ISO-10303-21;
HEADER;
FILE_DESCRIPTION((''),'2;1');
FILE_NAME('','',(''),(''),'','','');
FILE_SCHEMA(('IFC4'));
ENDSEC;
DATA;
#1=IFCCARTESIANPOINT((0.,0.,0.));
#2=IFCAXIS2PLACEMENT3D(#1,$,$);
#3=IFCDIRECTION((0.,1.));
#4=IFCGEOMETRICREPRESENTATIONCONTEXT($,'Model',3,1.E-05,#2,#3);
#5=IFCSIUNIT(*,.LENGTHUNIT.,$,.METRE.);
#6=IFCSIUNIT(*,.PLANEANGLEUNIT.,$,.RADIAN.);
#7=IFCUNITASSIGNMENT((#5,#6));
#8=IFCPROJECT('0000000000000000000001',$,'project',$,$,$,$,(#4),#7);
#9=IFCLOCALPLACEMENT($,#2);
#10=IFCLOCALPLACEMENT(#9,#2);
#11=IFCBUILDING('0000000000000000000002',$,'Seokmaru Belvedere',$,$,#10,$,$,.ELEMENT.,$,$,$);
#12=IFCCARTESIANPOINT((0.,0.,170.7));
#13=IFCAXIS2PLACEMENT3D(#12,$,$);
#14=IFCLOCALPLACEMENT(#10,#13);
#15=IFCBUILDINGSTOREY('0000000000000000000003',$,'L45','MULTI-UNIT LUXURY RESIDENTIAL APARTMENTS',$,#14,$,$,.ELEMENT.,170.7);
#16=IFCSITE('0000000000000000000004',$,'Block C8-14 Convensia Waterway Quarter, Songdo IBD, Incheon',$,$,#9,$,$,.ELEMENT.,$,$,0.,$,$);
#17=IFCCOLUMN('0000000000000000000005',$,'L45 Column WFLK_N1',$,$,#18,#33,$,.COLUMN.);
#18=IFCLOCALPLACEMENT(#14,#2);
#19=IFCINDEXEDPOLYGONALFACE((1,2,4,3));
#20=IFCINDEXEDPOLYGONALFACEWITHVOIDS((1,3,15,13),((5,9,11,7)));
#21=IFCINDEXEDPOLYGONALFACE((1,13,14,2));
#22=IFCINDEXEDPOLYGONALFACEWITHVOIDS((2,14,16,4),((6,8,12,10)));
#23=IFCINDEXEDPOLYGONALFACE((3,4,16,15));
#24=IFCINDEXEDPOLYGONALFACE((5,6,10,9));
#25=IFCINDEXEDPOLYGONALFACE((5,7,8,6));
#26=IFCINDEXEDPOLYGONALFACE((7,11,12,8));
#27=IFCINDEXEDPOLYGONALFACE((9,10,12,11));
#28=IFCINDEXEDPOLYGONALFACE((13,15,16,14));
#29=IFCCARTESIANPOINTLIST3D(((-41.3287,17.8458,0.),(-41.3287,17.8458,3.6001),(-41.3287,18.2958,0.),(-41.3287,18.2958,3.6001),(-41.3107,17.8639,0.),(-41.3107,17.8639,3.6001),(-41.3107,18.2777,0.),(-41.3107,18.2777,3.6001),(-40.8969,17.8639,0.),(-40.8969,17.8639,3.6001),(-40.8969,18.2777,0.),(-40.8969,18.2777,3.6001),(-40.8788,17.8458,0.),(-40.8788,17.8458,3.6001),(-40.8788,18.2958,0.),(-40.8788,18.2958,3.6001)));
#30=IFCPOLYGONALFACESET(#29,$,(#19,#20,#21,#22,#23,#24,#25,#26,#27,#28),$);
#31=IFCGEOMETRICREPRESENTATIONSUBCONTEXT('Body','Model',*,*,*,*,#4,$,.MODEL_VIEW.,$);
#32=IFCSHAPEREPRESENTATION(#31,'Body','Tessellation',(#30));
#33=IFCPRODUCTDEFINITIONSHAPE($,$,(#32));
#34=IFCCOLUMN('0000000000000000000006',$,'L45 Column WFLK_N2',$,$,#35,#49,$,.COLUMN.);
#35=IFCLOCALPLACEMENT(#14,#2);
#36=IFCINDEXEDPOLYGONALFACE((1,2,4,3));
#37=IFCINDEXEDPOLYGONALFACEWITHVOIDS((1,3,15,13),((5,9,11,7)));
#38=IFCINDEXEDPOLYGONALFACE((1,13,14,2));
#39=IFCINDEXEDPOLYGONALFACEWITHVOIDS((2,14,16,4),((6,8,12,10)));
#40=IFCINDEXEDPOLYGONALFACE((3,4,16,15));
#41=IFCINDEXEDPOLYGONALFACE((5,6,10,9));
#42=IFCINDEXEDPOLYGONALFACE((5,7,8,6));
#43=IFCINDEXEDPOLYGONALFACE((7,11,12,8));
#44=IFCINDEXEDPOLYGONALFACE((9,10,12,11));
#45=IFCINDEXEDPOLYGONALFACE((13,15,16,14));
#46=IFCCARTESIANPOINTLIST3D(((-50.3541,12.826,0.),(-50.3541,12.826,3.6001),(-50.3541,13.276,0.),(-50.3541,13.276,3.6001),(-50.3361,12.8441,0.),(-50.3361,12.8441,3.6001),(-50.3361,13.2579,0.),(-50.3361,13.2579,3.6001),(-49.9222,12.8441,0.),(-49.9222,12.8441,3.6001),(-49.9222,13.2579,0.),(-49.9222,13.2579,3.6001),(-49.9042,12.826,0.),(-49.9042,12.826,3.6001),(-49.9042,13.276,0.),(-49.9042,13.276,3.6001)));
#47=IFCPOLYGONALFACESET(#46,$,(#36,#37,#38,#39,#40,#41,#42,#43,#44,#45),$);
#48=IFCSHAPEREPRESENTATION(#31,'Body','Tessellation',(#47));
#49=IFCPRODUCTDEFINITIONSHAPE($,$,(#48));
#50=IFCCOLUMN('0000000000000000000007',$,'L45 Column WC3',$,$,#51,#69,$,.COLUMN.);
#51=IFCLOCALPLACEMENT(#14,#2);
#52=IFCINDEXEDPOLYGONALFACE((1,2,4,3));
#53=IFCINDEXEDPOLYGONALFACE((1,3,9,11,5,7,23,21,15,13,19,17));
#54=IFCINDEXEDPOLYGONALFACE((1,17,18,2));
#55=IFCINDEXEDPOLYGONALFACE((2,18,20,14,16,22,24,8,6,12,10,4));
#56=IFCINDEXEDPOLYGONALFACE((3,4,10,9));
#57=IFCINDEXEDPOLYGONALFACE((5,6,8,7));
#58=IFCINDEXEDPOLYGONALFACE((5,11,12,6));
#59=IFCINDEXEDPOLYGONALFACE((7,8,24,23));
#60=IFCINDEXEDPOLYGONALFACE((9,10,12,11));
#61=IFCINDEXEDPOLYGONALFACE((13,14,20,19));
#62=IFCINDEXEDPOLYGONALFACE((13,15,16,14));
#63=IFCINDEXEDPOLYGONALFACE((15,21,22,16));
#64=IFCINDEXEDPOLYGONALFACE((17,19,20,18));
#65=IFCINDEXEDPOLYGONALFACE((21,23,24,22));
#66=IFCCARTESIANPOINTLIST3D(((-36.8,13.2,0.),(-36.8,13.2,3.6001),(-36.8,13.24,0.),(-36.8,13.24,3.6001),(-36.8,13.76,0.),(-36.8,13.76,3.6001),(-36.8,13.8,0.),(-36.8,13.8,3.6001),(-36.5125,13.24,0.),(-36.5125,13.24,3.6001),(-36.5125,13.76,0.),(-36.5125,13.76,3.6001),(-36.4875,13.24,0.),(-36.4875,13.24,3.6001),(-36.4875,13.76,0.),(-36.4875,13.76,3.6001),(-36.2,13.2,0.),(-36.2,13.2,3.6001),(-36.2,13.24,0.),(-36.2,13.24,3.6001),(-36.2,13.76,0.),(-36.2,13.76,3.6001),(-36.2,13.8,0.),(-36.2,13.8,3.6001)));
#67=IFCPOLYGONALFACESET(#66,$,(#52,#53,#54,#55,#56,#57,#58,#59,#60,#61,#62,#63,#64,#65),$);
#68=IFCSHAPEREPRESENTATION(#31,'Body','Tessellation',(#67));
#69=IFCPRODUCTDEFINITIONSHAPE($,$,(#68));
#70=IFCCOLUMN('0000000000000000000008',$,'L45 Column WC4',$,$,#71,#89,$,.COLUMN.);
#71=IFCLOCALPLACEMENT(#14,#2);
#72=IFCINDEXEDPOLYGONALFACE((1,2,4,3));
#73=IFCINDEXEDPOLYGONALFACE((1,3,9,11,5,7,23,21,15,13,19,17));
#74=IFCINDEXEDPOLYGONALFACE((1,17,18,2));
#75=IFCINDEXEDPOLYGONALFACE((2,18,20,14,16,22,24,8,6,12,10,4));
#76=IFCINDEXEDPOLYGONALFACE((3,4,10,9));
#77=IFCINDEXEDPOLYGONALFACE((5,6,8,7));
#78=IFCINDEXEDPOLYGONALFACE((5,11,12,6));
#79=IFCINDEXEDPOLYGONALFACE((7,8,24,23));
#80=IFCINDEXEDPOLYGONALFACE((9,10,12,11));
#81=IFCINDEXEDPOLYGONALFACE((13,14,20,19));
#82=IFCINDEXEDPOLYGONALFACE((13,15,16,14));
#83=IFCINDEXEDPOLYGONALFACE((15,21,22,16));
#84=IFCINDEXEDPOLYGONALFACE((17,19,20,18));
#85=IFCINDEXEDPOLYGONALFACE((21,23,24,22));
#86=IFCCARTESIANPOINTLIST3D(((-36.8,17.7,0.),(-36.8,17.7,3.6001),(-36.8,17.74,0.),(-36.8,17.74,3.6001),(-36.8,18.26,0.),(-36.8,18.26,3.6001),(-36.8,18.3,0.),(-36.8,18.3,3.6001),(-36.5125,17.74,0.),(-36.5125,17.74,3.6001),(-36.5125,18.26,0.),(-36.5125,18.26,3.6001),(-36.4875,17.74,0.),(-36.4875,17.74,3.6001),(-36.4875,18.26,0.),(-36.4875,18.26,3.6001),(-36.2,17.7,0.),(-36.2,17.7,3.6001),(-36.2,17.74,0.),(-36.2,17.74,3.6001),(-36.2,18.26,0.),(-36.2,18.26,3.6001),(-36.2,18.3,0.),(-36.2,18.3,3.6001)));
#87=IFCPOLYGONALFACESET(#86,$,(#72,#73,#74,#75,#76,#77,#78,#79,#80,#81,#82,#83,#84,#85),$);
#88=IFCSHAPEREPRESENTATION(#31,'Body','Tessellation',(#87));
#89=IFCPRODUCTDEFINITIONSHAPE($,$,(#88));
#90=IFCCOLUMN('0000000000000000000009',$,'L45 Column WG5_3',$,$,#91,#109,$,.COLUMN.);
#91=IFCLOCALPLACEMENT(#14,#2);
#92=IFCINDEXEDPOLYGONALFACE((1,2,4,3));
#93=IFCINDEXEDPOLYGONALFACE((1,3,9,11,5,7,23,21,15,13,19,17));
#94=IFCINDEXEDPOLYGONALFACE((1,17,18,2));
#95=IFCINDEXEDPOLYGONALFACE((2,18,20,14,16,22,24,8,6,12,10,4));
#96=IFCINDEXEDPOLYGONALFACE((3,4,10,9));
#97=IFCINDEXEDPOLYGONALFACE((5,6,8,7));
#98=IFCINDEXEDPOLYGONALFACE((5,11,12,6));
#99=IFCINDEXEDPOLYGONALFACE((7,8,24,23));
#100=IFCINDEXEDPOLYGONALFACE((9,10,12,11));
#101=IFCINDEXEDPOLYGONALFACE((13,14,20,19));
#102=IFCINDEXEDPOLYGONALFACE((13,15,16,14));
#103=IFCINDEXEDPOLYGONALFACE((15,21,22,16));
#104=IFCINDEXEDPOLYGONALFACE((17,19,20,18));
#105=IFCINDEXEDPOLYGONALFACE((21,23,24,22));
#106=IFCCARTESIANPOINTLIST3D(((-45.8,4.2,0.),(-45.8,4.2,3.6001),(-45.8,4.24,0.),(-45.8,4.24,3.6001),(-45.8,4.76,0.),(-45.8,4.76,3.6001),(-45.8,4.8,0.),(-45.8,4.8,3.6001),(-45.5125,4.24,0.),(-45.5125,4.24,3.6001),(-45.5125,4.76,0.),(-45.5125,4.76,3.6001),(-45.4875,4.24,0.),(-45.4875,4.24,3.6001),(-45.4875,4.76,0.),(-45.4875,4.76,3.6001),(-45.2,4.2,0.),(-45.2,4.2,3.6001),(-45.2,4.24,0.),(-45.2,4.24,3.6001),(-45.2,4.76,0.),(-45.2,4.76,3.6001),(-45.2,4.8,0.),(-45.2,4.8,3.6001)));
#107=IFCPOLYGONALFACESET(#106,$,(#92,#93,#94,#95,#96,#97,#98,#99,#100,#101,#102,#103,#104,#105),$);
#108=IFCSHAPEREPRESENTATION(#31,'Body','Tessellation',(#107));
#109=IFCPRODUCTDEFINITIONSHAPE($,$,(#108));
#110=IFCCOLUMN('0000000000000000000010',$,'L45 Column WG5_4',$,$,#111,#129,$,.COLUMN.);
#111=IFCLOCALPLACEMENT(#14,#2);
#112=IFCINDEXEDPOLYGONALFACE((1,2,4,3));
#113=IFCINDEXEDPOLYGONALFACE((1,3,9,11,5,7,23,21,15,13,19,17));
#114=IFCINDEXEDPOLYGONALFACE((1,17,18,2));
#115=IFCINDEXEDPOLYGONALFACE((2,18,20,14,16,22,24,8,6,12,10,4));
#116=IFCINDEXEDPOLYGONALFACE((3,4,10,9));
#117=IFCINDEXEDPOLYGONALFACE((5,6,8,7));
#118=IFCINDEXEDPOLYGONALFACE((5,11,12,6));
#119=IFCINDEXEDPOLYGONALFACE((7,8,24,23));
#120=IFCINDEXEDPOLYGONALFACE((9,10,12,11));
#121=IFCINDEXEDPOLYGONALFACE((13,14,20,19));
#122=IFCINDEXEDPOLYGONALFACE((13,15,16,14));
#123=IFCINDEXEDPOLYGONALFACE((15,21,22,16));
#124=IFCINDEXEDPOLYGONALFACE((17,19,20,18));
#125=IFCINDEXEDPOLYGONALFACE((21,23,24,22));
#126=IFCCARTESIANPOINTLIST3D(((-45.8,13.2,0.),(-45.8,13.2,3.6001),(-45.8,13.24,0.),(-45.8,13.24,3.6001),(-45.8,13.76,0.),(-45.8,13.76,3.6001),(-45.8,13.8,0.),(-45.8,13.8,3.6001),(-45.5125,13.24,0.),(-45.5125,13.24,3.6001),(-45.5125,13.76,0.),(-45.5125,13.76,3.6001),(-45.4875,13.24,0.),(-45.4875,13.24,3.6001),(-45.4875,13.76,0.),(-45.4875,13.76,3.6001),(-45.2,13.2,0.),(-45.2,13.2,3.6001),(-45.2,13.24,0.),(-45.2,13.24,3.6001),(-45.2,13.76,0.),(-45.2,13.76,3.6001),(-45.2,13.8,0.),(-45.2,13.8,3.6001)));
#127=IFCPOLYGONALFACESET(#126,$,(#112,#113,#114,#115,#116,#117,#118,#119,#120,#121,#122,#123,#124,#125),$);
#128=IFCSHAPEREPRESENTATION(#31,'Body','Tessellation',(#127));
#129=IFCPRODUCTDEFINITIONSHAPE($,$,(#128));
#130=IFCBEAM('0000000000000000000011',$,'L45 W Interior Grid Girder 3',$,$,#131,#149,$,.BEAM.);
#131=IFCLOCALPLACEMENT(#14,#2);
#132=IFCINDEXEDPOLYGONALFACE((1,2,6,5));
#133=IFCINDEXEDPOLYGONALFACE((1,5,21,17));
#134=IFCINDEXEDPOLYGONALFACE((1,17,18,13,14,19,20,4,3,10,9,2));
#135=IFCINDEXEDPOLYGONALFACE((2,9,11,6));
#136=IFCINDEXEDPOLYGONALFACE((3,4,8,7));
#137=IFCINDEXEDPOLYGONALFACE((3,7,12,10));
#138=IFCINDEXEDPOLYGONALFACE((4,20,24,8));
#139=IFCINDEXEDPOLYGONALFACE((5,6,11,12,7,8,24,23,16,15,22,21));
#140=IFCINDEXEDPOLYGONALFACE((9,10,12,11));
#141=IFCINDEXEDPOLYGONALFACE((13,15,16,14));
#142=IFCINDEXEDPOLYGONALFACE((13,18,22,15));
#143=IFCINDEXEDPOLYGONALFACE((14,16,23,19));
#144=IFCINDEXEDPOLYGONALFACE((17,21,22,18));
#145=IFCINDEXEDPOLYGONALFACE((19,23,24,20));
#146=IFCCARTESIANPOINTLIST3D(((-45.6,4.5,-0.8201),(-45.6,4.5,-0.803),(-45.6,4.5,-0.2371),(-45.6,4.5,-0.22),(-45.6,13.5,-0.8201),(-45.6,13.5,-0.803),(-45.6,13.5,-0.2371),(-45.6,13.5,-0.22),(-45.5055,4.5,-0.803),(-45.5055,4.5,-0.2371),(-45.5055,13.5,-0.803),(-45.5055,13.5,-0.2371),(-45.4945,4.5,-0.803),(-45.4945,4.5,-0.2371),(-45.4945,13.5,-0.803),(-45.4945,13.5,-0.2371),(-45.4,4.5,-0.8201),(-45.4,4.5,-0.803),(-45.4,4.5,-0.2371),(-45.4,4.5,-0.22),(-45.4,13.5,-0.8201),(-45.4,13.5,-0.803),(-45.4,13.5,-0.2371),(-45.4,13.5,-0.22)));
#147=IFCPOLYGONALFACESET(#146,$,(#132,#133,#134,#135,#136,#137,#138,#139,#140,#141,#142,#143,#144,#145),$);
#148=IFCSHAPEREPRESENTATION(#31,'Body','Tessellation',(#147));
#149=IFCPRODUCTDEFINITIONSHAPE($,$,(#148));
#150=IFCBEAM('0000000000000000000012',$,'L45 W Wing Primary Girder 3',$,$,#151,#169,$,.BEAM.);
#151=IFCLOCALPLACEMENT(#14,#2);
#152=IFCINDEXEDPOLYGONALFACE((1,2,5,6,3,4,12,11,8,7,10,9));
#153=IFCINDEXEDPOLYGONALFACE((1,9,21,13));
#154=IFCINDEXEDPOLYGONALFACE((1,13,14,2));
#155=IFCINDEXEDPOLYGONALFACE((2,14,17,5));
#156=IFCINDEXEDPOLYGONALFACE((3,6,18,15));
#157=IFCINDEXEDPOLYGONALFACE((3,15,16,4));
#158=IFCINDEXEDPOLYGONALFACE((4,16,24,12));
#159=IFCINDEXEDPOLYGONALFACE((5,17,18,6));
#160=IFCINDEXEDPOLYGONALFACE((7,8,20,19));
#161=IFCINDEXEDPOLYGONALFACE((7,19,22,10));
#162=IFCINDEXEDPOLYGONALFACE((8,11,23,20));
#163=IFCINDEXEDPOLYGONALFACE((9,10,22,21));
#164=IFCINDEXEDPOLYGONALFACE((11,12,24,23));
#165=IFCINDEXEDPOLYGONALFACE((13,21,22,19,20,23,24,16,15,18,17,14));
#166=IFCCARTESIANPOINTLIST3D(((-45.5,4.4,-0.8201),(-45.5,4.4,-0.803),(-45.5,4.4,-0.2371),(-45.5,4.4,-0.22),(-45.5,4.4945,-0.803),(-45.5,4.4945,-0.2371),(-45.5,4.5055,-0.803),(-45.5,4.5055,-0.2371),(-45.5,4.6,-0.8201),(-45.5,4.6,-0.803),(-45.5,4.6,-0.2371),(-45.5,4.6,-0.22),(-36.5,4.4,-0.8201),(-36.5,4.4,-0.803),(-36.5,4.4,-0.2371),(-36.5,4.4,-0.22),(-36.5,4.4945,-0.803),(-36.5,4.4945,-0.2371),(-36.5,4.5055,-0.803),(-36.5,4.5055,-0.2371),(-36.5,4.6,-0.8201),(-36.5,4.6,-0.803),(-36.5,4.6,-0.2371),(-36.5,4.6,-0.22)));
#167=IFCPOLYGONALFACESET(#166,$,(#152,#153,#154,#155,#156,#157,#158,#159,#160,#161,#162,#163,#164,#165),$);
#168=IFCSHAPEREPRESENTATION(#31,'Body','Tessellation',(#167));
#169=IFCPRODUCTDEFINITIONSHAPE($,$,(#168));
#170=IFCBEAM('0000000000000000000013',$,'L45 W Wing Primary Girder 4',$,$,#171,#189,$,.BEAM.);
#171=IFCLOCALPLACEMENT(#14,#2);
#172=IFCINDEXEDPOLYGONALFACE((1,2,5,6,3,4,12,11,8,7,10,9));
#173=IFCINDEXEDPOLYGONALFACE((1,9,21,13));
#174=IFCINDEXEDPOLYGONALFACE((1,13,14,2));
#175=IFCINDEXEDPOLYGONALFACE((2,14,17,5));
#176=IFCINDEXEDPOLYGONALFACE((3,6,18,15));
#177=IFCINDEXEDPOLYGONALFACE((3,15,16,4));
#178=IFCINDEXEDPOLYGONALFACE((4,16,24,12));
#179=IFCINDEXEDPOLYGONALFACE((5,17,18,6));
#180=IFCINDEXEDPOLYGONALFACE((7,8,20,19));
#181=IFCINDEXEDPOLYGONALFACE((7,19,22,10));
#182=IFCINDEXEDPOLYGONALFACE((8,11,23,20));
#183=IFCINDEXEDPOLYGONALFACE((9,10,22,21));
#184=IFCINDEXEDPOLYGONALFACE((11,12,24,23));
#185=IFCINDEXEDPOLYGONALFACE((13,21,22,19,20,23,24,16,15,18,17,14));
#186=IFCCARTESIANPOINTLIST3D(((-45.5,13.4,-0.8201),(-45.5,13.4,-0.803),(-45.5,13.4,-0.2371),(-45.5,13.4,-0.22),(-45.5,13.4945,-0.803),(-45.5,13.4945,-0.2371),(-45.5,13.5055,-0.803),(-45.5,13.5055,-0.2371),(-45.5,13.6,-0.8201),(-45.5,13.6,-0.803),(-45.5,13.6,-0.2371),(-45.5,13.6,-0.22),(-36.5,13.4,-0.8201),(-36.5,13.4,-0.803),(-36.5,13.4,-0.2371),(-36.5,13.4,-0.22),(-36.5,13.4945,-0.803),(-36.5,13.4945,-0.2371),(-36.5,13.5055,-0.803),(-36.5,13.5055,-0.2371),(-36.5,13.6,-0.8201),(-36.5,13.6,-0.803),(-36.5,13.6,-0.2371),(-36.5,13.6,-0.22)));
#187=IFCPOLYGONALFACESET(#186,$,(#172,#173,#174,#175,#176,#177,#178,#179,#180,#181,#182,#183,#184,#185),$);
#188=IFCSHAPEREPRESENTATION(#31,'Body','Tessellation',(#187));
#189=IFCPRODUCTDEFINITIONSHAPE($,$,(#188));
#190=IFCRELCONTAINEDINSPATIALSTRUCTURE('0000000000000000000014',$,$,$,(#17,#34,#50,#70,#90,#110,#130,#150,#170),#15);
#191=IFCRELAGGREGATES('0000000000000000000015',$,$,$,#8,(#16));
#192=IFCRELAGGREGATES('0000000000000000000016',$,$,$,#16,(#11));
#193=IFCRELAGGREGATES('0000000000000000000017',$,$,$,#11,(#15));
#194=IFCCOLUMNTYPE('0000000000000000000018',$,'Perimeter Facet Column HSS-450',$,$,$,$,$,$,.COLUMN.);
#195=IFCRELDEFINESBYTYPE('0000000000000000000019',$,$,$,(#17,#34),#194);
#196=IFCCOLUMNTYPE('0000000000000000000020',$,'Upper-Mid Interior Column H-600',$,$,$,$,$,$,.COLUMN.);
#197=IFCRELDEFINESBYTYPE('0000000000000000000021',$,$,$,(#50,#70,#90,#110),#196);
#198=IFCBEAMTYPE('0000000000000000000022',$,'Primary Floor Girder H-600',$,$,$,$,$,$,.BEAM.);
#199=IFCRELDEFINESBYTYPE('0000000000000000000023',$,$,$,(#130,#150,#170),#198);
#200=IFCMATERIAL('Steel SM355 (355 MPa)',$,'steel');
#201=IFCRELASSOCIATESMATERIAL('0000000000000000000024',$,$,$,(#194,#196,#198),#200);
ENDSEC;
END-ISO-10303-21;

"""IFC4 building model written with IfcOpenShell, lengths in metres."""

from ifc_helpers import new_model, si_unit, direction, frame, origin, origin_2d, place, context, subcontext, project, spatial, hollow_rectangle, i_section, extrude, source, transform, mapped, material, material_profile, profile_set, type_object, type_shapes, element, save


model = new_model("IFC4")

# Units and contexts
model_context = context("Model", 3, precision=1e-05, world=origin(), true_north=direction((0.0, 1.0)))
body_context = subcontext(model_context, "Body", "Model", "MODEL_VIEW")
ifc_project = project(units=[si_unit("LENGTHUNIT", "METRE"), si_unit("PLANEANGLEUNIT", "RADIAN")], contexts=[model_context])

# Site, building, storey
site_placement = place(None, origin())
site = spatial("IfcSite", under=ifc_project, at=site_placement, Name="Block C8-14 Convensia Waterway Quarter, Songdo IBD, Incheon", CompositionType="ELEMENT", RefElevation=0.0)
building_placement = place(site_placement, origin())
building = spatial("IfcBuilding", under=site, at=building_placement, Name="Seokmaru Belvedere", CompositionType="ELEMENT")
storey_placement = place(building_placement, frame((0.0, 0.0, 170.7)))
storey = spatial("IfcBuildingStorey", under=building, at=storey_placement, Name="L45", Description="MULTI-UNIT LUXURY RESIDENTIAL APARTMENTS", CompositionType="ELEMENT", Elevation=170.7)

# Columns
ifc_material_1 = material(Name="Steel SM355 (355 MPa)", Category="steel")
ifc_material_profile_1 = material_profile(ifc_material_1, hollow_rectangle(XDim=0.45, YDim=0.45, WallThickness=0.0181, at=origin_2d()), Name="HSS-450x450x18")
ifc_profile_set_1 = profile_set([ifc_material_profile_1], Name="Steel SM355 (355 MPa)")
column_type_1 = type_object("IfcColumnType", Name="Perimeter Facet Column HSS-450", PredefinedType="COLUMN", material=ifc_profile_set_1)
shared_shape_1 = source(origin(), body_context, "Body", "SweptSolid", [
    extrude(hollow_rectangle(XDim=0.45, YDim=0.45, WallThickness=0.0181, at=origin_2d()), origin(), (0.0, 0.0, 1.0), 3.6001),
])
type_shapes(column_type_1, [shared_shape_1])
for number, where, z_axis, x_axis, name in (
    (1, (-41.1038, 18.0708, 0.0), (0.0, 0.0, 1.0), (1.0, 0.0, 0.0), "L45 Column WFLK_N1"),
    (2, (-50.1292, 13.051, 0.0), (0.0, 0.0, 1.0), (1.0, 0.0, 0.0), "L45 Column WFLK_N2"),
):
    element("IfcColumn", number, at=place(storey_placement, frame(where, z_axis=z_axis, x_axis=x_axis)), inside=storey, type_object=column_type_1, Name=name, PredefinedType="COLUMN", context=body_context, shape_type="MappedRepresentation", body=[
        mapped(shared_shape_1, transform((0.0, 0.0, 0.0), scale=1.0)),
    ])
ifc_material_profile_2 = material_profile(ifc_material_1, i_section(OverallWidth=0.6001, OverallDepth=0.6001, WebThickness=0.0249, FlangeThickness=0.04, at=origin_2d()), Name="H-600x600x25x40")
ifc_profile_set_2 = profile_set([ifc_material_profile_2], Name="Steel SM355 (355 MPa)")
column_type_2 = type_object("IfcColumnType", Name="Upper-Mid Interior Column H-600", PredefinedType="COLUMN", material=ifc_profile_set_2)
shared_shape_2 = source(origin(), body_context, "Body", "SweptSolid", [
    extrude(i_section(OverallWidth=0.6001, OverallDepth=0.6001, WebThickness=0.0249, FlangeThickness=0.04, at=origin_2d()), origin(), (0.0, 0.0, 1.0), 3.6001),
])
type_shapes(column_type_2, [shared_shape_2])
for number, where, z_axis, x_axis, name in (
    (3, (-36.5, 13.5, 0.0), (0.0, 0.0, 1.0), (1.0, 0.0, 0.0), "L45 Column WC3"),
    (4, (-36.5, 18.0, 0.0), (0.0, 0.0, 1.0), (1.0, 0.0, 0.0), "L45 Column WC4"),
    (5, (-45.5, 4.5, 0.0), (0.0, 0.0, 1.0), (1.0, 0.0, 0.0), "L45 Column WG5_3"),
    (6, (-45.5, 13.5, 0.0), (0.0, 0.0, 1.0), (1.0, 0.0, 0.0), "L45 Column WG5_4"),
):
    element("IfcColumn", number, at=place(storey_placement, frame(where, z_axis=z_axis, x_axis=x_axis)), inside=storey, type_object=column_type_2, Name=name, PredefinedType="COLUMN", context=body_context, shape_type="MappedRepresentation", body=[
        mapped(shared_shape_2, transform((0.0, 0.0, 0.0), scale=1.0)),
    ])

# Beams
ifc_material_profile_3 = material_profile(ifc_material_1, i_section(OverallWidth=0.2, OverallDepth=0.6001, WebThickness=0.011, FlangeThickness=0.0171, at=origin_2d()), Name="H-600x200x11x17")
ifc_profile_set_3 = profile_set([ifc_material_profile_3], Name="Steel SM355 (355 MPa)")
beam_type_1 = type_object("IfcBeamType", Name="Primary Floor Girder H-600", PredefinedType="BEAM", material=ifc_profile_set_3)
shared_shape_3 = source(origin(), body_context, "Body", "SweptSolid", [
    extrude(i_section(OverallWidth=0.2, OverallDepth=0.6001, WebThickness=0.011, FlangeThickness=0.0171, at=origin_2d()), origin(), (0.0, 0.0, 1.0), 9.0),
])
for number, where, z_axis, x_axis, name in (
    (7, (-45.5, 4.5, -0.52), (0.0, 1.0, 0.0), (-1.0, 0.0, 0.0), "L45 W Interior Grid Girder 3"),
    (8, (-45.5, 4.5, -0.52), (1.0, 0.0, 0.0), (0.0, 1.0, 0.0), "L45 W Wing Primary Girder 3"),
    (9, (-45.5, 13.5, -0.52), (1.0, 0.0, 0.0), (0.0, 1.0, 0.0), "L45 W Wing Primary Girder 4"),
):
    element("IfcBeam", number, at=place(storey_placement, frame(where, z_axis=z_axis, x_axis=x_axis)), inside=storey, type_object=beam_type_1, Name=name, PredefinedType="BEAM", context=body_context, shape_type="MappedRepresentation", body=[
        mapped(shared_shape_3, transform((0.0, 0.0, 0.0), scale=1.0)),
    ])

save(model, "model.ifc")
